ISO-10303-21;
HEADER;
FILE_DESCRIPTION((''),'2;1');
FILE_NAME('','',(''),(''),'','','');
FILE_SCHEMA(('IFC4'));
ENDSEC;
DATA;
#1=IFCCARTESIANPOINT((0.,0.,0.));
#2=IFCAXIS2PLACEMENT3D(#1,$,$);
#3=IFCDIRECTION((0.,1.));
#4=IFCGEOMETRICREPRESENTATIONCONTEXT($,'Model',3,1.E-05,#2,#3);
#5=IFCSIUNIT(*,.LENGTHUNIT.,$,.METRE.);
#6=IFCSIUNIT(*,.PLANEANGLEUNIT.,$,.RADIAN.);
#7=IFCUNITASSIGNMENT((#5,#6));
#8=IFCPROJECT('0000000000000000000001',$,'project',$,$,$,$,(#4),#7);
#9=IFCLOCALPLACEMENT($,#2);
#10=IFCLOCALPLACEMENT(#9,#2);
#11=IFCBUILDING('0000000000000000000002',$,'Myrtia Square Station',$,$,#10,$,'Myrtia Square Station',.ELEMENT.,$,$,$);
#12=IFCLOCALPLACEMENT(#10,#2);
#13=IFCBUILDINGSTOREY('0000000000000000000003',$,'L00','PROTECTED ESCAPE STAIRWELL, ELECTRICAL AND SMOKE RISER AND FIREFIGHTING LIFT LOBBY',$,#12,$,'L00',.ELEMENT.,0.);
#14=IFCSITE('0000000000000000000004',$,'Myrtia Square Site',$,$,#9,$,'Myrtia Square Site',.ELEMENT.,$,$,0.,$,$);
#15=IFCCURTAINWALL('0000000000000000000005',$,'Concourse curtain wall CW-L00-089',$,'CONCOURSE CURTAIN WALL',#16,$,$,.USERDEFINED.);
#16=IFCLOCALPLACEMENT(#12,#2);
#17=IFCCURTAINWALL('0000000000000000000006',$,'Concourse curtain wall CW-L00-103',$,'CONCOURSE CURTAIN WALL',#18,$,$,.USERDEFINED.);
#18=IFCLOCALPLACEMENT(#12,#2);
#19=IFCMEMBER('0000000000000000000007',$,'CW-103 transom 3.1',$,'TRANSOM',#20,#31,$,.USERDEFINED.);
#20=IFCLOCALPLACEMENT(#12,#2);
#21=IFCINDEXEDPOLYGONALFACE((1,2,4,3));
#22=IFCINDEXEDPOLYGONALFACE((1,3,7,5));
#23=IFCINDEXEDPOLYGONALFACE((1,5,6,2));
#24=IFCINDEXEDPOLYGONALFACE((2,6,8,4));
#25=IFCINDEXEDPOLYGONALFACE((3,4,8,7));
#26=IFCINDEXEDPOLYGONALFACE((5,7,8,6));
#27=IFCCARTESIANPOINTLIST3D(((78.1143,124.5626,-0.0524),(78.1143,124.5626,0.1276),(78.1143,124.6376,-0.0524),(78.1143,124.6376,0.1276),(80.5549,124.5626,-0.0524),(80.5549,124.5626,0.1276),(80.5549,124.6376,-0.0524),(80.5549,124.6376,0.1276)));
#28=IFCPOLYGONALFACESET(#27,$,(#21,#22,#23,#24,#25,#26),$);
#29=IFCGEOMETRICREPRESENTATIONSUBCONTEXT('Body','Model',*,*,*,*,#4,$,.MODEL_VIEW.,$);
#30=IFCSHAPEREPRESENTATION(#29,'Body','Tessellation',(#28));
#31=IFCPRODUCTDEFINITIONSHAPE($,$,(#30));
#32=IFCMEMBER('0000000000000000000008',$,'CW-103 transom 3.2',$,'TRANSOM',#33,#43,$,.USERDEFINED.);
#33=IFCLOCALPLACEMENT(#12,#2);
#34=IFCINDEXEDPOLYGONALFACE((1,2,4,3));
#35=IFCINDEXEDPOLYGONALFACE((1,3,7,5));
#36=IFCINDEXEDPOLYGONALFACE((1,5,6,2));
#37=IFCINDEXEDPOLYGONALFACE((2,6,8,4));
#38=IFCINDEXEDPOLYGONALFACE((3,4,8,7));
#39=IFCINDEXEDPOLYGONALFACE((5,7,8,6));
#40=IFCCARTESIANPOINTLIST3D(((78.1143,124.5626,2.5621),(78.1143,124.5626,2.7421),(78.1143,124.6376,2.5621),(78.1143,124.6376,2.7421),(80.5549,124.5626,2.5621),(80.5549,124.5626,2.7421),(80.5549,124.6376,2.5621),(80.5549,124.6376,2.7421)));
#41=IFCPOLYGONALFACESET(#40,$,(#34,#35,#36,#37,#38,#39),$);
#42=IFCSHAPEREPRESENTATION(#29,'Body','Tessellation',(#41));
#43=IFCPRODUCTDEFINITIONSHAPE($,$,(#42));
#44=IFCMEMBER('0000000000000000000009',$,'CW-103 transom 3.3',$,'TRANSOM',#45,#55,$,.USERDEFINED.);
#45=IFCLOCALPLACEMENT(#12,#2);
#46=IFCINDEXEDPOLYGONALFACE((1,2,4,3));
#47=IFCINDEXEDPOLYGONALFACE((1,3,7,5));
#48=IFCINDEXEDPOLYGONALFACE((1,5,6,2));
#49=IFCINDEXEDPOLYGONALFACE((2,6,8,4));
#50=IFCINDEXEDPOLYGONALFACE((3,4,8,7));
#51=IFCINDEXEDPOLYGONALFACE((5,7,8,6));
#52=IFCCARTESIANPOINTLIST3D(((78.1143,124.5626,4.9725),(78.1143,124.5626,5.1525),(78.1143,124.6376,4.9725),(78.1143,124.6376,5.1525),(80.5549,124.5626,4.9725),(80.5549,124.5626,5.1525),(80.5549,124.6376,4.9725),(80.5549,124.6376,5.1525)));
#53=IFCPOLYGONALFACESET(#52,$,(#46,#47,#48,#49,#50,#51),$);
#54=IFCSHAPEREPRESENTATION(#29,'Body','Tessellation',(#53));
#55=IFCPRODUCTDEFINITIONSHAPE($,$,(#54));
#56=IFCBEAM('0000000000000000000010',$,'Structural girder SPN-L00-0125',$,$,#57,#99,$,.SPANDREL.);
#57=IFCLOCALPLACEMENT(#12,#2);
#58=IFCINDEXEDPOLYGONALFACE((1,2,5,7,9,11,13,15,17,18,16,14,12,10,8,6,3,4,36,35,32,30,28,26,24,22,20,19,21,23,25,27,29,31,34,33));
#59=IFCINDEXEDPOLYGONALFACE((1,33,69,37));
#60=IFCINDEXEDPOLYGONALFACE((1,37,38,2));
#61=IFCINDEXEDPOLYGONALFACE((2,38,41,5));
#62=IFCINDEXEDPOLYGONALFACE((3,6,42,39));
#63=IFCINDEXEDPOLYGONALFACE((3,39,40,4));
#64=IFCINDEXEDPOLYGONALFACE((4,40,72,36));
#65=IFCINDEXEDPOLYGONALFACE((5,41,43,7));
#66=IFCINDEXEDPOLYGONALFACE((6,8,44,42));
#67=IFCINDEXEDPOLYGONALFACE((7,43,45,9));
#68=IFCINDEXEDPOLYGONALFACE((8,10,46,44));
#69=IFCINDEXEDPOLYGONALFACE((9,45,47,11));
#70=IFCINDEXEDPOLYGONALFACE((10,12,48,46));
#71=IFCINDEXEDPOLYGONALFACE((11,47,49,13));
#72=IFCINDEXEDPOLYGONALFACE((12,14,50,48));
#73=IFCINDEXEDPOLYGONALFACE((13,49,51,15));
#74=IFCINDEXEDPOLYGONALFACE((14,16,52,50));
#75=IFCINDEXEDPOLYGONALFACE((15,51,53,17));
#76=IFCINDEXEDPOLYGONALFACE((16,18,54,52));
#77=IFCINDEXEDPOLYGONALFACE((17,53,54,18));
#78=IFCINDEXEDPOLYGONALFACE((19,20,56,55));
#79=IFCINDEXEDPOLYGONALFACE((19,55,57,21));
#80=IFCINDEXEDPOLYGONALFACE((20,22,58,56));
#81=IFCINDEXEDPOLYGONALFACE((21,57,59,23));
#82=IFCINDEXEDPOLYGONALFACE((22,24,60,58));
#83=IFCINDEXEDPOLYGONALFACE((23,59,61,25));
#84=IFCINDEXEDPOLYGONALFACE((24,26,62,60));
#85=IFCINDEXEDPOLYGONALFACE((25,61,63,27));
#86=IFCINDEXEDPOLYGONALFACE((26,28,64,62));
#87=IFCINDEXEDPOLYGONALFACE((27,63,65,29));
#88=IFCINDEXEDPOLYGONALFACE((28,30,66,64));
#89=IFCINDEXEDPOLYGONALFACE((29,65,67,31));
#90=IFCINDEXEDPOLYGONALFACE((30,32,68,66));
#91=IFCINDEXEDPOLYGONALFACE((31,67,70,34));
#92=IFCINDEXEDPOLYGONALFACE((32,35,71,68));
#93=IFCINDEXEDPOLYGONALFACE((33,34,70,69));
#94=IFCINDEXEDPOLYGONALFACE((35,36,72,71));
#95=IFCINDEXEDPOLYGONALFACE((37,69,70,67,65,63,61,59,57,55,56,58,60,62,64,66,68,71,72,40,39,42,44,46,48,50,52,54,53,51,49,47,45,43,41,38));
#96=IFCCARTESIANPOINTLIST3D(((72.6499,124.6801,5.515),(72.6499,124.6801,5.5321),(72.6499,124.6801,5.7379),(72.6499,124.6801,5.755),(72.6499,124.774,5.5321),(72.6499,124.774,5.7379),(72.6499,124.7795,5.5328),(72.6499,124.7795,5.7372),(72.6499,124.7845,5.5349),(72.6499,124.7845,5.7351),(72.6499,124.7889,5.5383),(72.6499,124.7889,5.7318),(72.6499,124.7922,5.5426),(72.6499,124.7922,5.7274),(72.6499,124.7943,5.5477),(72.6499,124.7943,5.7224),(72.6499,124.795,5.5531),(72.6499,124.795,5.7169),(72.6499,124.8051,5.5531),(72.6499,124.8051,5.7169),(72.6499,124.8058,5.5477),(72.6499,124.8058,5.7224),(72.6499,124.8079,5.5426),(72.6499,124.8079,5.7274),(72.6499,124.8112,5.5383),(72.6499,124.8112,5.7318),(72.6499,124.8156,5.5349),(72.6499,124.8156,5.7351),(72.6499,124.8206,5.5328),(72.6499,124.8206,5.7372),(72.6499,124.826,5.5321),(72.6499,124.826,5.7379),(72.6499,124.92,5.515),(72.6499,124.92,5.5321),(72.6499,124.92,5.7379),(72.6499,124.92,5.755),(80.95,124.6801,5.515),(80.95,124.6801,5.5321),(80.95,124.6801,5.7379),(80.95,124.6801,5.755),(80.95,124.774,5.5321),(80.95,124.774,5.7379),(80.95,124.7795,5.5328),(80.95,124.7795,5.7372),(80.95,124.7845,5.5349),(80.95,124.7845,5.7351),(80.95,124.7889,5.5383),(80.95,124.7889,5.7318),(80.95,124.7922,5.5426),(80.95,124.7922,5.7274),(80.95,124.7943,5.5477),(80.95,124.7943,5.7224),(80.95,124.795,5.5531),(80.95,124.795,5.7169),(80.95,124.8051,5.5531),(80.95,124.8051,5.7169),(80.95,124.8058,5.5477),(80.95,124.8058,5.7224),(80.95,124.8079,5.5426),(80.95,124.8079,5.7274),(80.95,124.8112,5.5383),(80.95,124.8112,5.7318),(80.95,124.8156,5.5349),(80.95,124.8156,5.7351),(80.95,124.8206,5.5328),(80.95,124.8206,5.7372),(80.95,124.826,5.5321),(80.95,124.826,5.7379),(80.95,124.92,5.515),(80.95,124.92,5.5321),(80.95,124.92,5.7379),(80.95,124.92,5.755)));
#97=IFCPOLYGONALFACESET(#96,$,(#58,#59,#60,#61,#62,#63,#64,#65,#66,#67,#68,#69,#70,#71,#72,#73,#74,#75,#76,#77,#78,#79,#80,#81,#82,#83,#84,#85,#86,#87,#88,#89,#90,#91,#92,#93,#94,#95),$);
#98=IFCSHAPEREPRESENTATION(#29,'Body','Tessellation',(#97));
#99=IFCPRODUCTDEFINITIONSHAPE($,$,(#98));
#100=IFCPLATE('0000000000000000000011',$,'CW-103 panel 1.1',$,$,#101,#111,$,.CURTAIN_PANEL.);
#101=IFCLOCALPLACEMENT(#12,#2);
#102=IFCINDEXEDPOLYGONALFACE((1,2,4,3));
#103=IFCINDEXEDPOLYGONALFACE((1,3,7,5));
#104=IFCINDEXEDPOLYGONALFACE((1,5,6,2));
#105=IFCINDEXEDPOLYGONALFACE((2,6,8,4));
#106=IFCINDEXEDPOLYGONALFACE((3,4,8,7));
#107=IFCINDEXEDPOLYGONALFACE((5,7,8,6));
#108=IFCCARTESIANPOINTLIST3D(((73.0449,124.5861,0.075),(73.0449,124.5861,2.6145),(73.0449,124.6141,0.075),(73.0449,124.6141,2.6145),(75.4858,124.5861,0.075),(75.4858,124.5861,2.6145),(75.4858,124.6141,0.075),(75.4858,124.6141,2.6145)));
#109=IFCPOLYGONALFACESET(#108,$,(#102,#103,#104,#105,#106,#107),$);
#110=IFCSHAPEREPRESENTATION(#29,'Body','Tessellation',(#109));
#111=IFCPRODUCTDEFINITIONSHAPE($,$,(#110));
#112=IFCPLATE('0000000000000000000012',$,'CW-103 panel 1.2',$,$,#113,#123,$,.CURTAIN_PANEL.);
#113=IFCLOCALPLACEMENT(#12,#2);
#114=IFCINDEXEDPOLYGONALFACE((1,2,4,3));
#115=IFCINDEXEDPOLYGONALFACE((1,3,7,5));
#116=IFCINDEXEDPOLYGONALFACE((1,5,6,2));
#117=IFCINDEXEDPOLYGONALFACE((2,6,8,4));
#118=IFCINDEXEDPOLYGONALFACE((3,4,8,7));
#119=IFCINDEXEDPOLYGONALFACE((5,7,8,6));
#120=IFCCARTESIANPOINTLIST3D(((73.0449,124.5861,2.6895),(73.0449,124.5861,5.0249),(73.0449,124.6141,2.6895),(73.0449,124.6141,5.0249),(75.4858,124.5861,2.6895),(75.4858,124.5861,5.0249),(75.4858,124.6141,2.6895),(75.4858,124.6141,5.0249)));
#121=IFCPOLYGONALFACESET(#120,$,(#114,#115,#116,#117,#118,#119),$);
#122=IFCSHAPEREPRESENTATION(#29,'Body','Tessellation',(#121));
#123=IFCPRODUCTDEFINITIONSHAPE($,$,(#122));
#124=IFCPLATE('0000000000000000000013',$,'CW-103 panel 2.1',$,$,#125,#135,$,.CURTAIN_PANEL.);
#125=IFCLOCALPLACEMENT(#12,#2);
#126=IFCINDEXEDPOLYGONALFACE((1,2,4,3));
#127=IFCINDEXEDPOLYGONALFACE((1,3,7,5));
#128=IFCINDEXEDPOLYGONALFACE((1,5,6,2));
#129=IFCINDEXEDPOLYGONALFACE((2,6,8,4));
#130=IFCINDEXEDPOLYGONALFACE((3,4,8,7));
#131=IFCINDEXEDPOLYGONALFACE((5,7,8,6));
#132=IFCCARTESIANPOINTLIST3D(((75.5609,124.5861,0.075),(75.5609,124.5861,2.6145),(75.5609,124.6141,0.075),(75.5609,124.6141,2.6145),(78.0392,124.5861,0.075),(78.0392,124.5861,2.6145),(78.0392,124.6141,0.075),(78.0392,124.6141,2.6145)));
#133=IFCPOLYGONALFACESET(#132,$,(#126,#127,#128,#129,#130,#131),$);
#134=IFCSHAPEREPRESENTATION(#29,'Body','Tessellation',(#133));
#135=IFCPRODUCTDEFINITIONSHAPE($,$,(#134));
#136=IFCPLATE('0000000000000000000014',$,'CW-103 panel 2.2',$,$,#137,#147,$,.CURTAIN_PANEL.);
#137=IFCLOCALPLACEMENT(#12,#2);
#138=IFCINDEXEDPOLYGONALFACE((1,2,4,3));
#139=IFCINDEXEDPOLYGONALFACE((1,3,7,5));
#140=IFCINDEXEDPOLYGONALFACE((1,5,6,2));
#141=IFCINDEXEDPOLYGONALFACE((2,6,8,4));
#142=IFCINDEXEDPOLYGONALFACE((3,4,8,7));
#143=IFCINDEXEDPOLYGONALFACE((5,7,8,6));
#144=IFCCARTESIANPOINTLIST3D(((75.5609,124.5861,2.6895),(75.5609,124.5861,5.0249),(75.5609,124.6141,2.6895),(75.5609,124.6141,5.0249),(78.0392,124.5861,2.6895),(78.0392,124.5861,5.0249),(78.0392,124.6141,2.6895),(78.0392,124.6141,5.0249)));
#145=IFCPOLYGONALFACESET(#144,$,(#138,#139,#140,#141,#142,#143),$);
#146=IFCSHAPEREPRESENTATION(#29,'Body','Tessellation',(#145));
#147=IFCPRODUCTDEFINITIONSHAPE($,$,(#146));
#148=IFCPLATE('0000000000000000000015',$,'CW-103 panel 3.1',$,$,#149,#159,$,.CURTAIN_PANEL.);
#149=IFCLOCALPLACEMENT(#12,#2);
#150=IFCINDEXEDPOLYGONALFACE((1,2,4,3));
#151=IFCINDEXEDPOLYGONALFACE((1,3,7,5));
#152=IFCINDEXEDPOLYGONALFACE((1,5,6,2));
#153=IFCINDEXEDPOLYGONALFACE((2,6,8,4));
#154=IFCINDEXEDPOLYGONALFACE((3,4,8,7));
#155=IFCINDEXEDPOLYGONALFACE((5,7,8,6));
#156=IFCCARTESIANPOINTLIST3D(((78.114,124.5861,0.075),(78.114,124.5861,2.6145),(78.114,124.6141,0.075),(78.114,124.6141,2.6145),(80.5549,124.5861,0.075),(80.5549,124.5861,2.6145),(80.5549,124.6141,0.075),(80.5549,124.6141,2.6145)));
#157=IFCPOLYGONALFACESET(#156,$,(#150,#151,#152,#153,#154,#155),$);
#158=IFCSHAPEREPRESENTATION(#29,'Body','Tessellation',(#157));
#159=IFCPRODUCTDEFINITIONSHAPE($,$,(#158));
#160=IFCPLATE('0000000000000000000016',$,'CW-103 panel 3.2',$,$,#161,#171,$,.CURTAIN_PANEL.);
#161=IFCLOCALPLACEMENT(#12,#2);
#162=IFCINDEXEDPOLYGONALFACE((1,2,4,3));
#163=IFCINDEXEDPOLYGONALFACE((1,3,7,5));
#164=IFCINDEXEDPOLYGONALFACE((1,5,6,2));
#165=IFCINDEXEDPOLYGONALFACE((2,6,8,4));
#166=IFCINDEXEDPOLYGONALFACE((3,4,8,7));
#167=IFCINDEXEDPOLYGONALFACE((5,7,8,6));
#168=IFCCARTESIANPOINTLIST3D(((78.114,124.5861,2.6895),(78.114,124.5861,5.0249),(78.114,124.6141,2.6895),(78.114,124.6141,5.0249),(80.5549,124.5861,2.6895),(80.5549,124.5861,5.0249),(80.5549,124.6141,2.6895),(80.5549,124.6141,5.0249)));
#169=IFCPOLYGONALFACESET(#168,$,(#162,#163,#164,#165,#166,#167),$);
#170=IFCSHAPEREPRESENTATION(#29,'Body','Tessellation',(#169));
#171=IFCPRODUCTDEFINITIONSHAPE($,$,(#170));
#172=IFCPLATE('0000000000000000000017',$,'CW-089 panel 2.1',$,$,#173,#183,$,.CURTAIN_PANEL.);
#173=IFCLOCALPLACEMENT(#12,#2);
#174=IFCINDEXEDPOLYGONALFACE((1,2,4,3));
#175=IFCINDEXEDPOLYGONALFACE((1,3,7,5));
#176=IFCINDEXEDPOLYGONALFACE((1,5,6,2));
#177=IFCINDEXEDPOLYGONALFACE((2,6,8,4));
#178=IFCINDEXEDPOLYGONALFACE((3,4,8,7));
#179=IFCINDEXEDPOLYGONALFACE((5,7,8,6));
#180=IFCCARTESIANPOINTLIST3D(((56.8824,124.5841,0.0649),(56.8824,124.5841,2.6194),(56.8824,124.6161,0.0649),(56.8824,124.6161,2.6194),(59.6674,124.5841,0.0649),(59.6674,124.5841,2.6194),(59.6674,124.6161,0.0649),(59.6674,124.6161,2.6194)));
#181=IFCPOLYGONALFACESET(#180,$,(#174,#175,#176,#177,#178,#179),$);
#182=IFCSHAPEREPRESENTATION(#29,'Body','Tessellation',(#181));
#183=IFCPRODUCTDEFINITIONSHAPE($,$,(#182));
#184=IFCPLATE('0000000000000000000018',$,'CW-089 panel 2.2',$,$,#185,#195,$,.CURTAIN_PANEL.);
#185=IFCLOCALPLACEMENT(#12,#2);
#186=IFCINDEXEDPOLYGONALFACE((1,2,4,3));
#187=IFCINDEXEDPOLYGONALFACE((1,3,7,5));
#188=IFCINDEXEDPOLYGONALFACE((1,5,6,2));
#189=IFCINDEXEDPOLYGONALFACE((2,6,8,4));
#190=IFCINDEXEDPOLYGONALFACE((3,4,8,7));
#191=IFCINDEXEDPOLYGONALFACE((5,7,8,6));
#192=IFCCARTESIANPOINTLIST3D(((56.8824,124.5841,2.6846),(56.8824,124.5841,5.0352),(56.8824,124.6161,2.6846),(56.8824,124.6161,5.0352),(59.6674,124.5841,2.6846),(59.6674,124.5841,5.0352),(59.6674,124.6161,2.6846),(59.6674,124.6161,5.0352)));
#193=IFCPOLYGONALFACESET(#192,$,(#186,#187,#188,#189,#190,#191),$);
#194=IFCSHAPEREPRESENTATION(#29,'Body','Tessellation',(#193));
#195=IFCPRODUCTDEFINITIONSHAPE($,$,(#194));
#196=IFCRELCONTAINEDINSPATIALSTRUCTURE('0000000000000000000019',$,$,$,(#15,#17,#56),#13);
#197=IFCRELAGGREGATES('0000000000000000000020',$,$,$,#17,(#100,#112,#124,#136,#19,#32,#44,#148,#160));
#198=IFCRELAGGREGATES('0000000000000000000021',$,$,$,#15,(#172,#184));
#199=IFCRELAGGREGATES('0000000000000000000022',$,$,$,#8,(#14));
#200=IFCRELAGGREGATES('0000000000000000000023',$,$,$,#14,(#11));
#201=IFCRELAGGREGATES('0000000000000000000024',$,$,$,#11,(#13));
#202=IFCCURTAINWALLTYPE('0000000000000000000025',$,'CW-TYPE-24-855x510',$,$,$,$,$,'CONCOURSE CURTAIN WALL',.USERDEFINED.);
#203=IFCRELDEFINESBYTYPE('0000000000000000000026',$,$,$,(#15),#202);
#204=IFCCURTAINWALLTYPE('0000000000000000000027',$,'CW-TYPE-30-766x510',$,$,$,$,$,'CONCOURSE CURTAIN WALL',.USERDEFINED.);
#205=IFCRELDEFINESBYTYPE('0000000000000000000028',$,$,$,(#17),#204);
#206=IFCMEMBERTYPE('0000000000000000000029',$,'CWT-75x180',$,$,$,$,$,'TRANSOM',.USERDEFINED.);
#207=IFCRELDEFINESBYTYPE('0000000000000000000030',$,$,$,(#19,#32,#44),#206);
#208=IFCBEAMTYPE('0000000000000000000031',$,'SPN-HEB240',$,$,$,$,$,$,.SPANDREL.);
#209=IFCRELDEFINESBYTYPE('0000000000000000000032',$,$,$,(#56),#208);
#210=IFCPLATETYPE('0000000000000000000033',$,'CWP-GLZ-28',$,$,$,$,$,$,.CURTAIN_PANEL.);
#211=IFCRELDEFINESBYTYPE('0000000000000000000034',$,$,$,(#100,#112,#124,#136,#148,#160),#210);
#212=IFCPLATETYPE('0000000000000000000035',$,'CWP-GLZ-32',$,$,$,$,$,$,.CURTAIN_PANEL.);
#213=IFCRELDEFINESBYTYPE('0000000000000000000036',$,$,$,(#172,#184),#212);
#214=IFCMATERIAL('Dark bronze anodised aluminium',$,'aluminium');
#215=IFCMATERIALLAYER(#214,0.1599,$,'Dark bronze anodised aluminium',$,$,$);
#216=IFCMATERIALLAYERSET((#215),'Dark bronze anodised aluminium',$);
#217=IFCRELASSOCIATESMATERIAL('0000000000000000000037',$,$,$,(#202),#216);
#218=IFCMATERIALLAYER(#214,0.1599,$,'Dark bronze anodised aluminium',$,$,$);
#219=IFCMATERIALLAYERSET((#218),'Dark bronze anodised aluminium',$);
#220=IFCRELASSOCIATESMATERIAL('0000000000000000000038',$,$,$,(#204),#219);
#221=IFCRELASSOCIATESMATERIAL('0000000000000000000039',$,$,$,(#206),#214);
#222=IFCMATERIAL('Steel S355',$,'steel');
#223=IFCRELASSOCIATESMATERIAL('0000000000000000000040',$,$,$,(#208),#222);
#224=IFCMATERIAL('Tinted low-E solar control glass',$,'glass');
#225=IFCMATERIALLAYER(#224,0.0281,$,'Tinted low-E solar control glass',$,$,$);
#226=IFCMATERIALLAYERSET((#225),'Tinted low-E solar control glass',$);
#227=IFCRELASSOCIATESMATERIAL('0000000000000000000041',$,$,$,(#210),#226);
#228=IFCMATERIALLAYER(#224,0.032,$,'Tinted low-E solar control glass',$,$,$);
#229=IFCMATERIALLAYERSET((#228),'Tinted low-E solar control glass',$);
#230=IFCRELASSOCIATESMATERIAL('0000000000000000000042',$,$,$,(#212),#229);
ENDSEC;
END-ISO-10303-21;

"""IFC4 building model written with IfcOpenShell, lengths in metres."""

from ifc_helpers import new_model, si_unit, direction, frame, origin, origin_2d, place, context, subcontext, project, spatial, rectangle, i_section, extrude, material, layer, layer_set, material_profile, profile_set, type_object, element, aggregate, save


model = new_model("IFC4")

# Units and contexts
model_context = context("Model", 3, precision=1e-05, world=origin(), true_north=direction((0.0, 1.0)))
body_context = subcontext(model_context, "Body", "Model", "MODEL_VIEW")
ifc_project = project(units=[si_unit("LENGTHUNIT", "METRE"), si_unit("PLANEANGLEUNIT", "RADIAN")], contexts=[model_context])

# Site, building, storey
site_placement = place(None, origin())
site = spatial("IfcSite", under=ifc_project, at=site_placement, Name="Myrtia Square Site", LongName="Myrtia Square Site", CompositionType="ELEMENT", RefElevation=0.0)
building_placement = place(site_placement, origin())
building = spatial("IfcBuilding", under=site, at=building_placement, Name="Myrtia Square Station", LongName="Myrtia Square Station", CompositionType="ELEMENT")
storey_placement = place(building_placement, origin())
storey = spatial("IfcBuildingStorey", under=building, at=storey_placement, Name="L00", Description="PROTECTED ESCAPE STAIRWELL, ELECTRICAL AND SMOKE RISER AND FIREFIGHTING LIFT LOBBY", LongName="L00", CompositionType="ELEMENT", Elevation=0.0)

# Shared definitions
ifc_material_1 = material(Name="Steel S355", Category="steel")

# Curtain walls
ifc_material_2 = material(Name="Dark bronze anodised aluminium", Category="aluminium")
ifc_layer_1 = layer(ifc_material_2, 0.1599, Name="Dark bronze anodised aluminium")
ifc_layer_set_1 = layer_set([ifc_layer_1], Name="Dark bronze anodised aluminium")
curtain_wall_type_1 = type_object("IfcCurtainWallType", Name="CW-TYPE-24-855x510", ElementType="CONCOURSE CURTAIN WALL", PredefinedType="USERDEFINED", material=ifc_layer_set_1)
curtain_wall_1_placement = place(storey_placement, origin())
curtain_wall_1 = element("IfcCurtainWall", 1, at=curtain_wall_1_placement, inside=storey, type_object=curtain_wall_type_1, Name="Concourse curtain wall CW-L00-089", ObjectType="CONCOURSE CURTAIN WALL", PredefinedType="USERDEFINED")
ifc_layer_2 = layer(ifc_material_2, 0.1599, Name="Dark bronze anodised aluminium")
ifc_layer_set_2 = layer_set([ifc_layer_2], Name="Dark bronze anodised aluminium")
curtain_wall_type_2 = type_object("IfcCurtainWallType", Name="CW-TYPE-30-766x510", ElementType="CONCOURSE CURTAIN WALL", PredefinedType="USERDEFINED", material=ifc_layer_set_2)
curtain_wall_2_placement = place(storey_placement, origin())
curtain_wall_2 = element("IfcCurtainWall", 2, at=curtain_wall_2_placement, inside=storey, type_object=curtain_wall_type_2, Name="Concourse curtain wall CW-L00-103", ObjectType="CONCOURSE CURTAIN WALL", PredefinedType="USERDEFINED")

# Members
ifc_material_profile_1 = material_profile(ifc_material_2, rectangle(XDim=0.075, YDim=0.1799, at=origin_2d()), Name="ALU-T 75x180")
ifc_profile_set_1 = profile_set([ifc_material_profile_1], Name="Dark bronze anodised aluminium")
member_type_1 = type_object("IfcMemberType", Name="CWT-75x180", ElementType="TRANSOM", PredefinedType="USERDEFINED", material=ifc_profile_set_1)
member_1_placement = place(storey_placement, frame((78.1143, 124.6001, 0.0376), z_axis=(1.0, 0.0, 0.0), x_axis=(0.0, 1.0, 0.0)))
member_1 = element("IfcMember", 3, at=member_1_placement, type_object=member_type_1, Name="CW-103 transom 3.1", ObjectType="TRANSOM", PredefinedType="USERDEFINED", context=body_context, shape_type="SweptSolid", body=[
    extrude(rectangle(XDim=0.075, YDim=0.1799, at=origin_2d()), origin(), (0.0, 0.0, 1.0), 2.4407),
])
member_2_placement = place(storey_placement, frame((78.1143, 124.6001, 2.6521), z_axis=(1.0, 0.0, 0.0), x_axis=(0.0, 1.0, 0.0)))
member_2 = element("IfcMember", 4, at=member_2_placement, type_object=member_type_1, Name="CW-103 transom 3.2", ObjectType="TRANSOM", PredefinedType="USERDEFINED", context=body_context, shape_type="SweptSolid", body=[
    extrude(rectangle(XDim=0.075, YDim=0.1799, at=origin_2d()), origin(), (0.0, 0.0, 1.0), 2.4407),
])
member_3_placement = place(storey_placement, frame((78.1143, 124.6001, 5.0625), z_axis=(1.0, 0.0, 0.0), x_axis=(0.0, 1.0, 0.0)))
member_3 = element("IfcMember", 5, at=member_3_placement, type_object=member_type_1, Name="CW-103 transom 3.3", ObjectType="TRANSOM", PredefinedType="USERDEFINED", context=body_context, shape_type="SweptSolid", body=[
    extrude(rectangle(XDim=0.075, YDim=0.1799, at=origin_2d()), origin(), (0.0, 0.0, 1.0), 2.4407),
])

# Beam
ifc_material_profile_2 = material_profile(ifc_material_1, i_section(OverallWidth=0.24, OverallDepth=0.24, WebThickness=0.01, FlangeThickness=0.0171, FilletRadius=0.021, at=origin_2d()), Name="HEB 240")
ifc_profile_set_2 = profile_set([ifc_material_profile_2], Name="Steel S355")
beam_type = type_object("IfcBeamType", Name="SPN-HEB240", PredefinedType="SPANDREL", material=ifc_profile_set_2)
beam_placement = place(storey_placement, frame((72.6499, 124.8, 5.635), z_axis=(1.0, 0.0, 0.0), x_axis=(0.0, 1.0, 0.0)))
element("IfcBeam", 6, at=beam_placement, inside=storey, type_object=beam_type, Name="Structural girder SPN-L00-0125", PredefinedType="SPANDREL", context=body_context, shape_type="SweptSolid", body=[
    extrude(i_section(OverallWidth=0.24, OverallDepth=0.24, WebThickness=0.01, FlangeThickness=0.0171, FilletRadius=0.021, at=origin_2d()), origin(), (0.0, 0.0, 1.0), 8.3),
])

# Plates
ifc_material_3 = material(Name="Tinted low-E solar control glass", Category="glass")
ifc_layer_3 = layer(ifc_material_3, 0.0281, Name="Tinted low-E solar control glass")
ifc_layer_set_3 = layer_set([ifc_layer_3], Name="Tinted low-E solar control glass")
plate_type_1 = type_object("IfcPlateType", Name="CWP-GLZ-28", PredefinedType="CURTAIN_PANEL", material=ifc_layer_set_3)
plate_1_placement = place(storey_placement, frame((74.2654, 124.6001, 0.075), z_axis=(0.0, 0.0, 1.0), x_axis=(1.0, 0.0, 0.0)))
plate_1 = element("IfcPlate", 7, at=plate_1_placement, type_object=plate_type_1, Name="CW-103 panel 1.1", PredefinedType="CURTAIN_PANEL", context=body_context, shape_type="SweptSolid", body=[
    extrude(rectangle(XDim=2.4409, YDim=0.0281, at=origin_2d()), origin(), (0.0, 0.0, 1.0), 2.5396),
])
plate_2_placement = place(storey_placement, frame((74.2654, 124.6001, 2.6895), z_axis=(0.0, 0.0, 1.0), x_axis=(1.0, 0.0, 0.0)))
plate_2 = element("IfcPlate", 8, at=plate_2_placement, type_object=plate_type_1, Name="CW-103 panel 1.2", PredefinedType="CURTAIN_PANEL", context=body_context, shape_type="SweptSolid", body=[
    extrude(rectangle(XDim=2.4409, YDim=0.0281, at=origin_2d()), origin(), (0.0, 0.0, 1.0), 2.3354),
])
plate_3_placement = place(storey_placement, frame((76.8, 124.6001, 0.075), z_axis=(0.0, 0.0, 1.0), x_axis=(1.0, 0.0, 0.0)))
plate_3 = element("IfcPlate", 9, at=plate_3_placement, type_object=plate_type_1, Name="CW-103 panel 2.1", PredefinedType="CURTAIN_PANEL", context=body_context, shape_type="SweptSolid", body=[
    extrude(rectangle(XDim=2.4783, YDim=0.0281, at=origin_2d()), origin(), (0.0, 0.0, 1.0), 2.5396),
])
plate_4_placement = place(storey_placement, frame((76.8, 124.6001, 2.6895), z_axis=(0.0, 0.0, 1.0), x_axis=(1.0, 0.0, 0.0)))
plate_4 = element("IfcPlate", 10, at=plate_4_placement, type_object=plate_type_1, Name="CW-103 panel 2.2", PredefinedType="CURTAIN_PANEL", context=body_context, shape_type="SweptSolid", body=[
    extrude(rectangle(XDim=2.4783, YDim=0.0281, at=origin_2d()), origin(), (0.0, 0.0, 1.0), 2.3354),
])
plate_5_placement = place(storey_placement, frame((79.3345, 124.6001, 0.075), z_axis=(0.0, 0.0, 1.0), x_axis=(1.0, 0.0, 0.0)))
plate_5 = element("IfcPlate", 11, at=plate_5_placement, type_object=plate_type_1, Name="CW-103 panel 3.1", PredefinedType="CURTAIN_PANEL", context=body_context, shape_type="SweptSolid", body=[
    extrude(rectangle(XDim=2.4409, YDim=0.0281, at=origin_2d()), origin(), (0.0, 0.0, 1.0), 2.5396),
])
plate_6_placement = place(storey_placement, frame((79.3345, 124.6001, 2.6895), z_axis=(0.0, 0.0, 1.0), x_axis=(1.0, 0.0, 0.0)))
plate_6 = element("IfcPlate", 12, at=plate_6_placement, type_object=plate_type_1, Name="CW-103 panel 3.2", PredefinedType="CURTAIN_PANEL", context=body_context, shape_type="SweptSolid", body=[
    extrude(rectangle(XDim=2.4409, YDim=0.0281, at=origin_2d()), origin(), (0.0, 0.0, 1.0), 2.3354),
])
aggregate(curtain_wall_2, [plate_1, plate_2, plate_3, plate_4, member_1, member_2, member_3, plate_5, plate_6])
ifc_layer_4 = layer(ifc_material_3, 0.032, Name="Tinted low-E solar control glass")
ifc_layer_set_4 = layer_set([ifc_layer_4], Name="Tinted low-E solar control glass")
plate_type_2 = type_object("IfcPlateType", Name="CWP-GLZ-32", PredefinedType="CURTAIN_PANEL", material=ifc_layer_set_4)
plate_7_placement = place(storey_placement, frame((58.2749, 124.6001, 0.0649), z_axis=(0.0, 0.0, 1.0), x_axis=(1.0, 0.0, 0.0)))
plate_7 = element("IfcPlate", 13, at=plate_7_placement, type_object=plate_type_2, Name="CW-089 panel 2.1", PredefinedType="CURTAIN_PANEL", context=body_context, shape_type="SweptSolid", body=[
    extrude(rectangle(XDim=2.7849, YDim=0.032, at=origin_2d()), origin(), (0.0, 0.0, 1.0), 2.5544),
])
plate_8_placement = place(storey_placement, frame((58.2749, 124.6001, 2.6846), z_axis=(0.0, 0.0, 1.0), x_axis=(1.0, 0.0, 0.0)))
plate_8 = element("IfcPlate", 14, at=plate_8_placement, type_object=plate_type_2, Name="CW-089 panel 2.2", PredefinedType="CURTAIN_PANEL", context=body_context, shape_type="SweptSolid", body=[
    extrude(rectangle(XDim=2.7849, YDim=0.032, at=origin_2d()), origin(), (0.0, 0.0, 1.0), 2.3506),
])
aggregate(curtain_wall_1, [plate_7, plate_8])

save(model, "model.ifc")
